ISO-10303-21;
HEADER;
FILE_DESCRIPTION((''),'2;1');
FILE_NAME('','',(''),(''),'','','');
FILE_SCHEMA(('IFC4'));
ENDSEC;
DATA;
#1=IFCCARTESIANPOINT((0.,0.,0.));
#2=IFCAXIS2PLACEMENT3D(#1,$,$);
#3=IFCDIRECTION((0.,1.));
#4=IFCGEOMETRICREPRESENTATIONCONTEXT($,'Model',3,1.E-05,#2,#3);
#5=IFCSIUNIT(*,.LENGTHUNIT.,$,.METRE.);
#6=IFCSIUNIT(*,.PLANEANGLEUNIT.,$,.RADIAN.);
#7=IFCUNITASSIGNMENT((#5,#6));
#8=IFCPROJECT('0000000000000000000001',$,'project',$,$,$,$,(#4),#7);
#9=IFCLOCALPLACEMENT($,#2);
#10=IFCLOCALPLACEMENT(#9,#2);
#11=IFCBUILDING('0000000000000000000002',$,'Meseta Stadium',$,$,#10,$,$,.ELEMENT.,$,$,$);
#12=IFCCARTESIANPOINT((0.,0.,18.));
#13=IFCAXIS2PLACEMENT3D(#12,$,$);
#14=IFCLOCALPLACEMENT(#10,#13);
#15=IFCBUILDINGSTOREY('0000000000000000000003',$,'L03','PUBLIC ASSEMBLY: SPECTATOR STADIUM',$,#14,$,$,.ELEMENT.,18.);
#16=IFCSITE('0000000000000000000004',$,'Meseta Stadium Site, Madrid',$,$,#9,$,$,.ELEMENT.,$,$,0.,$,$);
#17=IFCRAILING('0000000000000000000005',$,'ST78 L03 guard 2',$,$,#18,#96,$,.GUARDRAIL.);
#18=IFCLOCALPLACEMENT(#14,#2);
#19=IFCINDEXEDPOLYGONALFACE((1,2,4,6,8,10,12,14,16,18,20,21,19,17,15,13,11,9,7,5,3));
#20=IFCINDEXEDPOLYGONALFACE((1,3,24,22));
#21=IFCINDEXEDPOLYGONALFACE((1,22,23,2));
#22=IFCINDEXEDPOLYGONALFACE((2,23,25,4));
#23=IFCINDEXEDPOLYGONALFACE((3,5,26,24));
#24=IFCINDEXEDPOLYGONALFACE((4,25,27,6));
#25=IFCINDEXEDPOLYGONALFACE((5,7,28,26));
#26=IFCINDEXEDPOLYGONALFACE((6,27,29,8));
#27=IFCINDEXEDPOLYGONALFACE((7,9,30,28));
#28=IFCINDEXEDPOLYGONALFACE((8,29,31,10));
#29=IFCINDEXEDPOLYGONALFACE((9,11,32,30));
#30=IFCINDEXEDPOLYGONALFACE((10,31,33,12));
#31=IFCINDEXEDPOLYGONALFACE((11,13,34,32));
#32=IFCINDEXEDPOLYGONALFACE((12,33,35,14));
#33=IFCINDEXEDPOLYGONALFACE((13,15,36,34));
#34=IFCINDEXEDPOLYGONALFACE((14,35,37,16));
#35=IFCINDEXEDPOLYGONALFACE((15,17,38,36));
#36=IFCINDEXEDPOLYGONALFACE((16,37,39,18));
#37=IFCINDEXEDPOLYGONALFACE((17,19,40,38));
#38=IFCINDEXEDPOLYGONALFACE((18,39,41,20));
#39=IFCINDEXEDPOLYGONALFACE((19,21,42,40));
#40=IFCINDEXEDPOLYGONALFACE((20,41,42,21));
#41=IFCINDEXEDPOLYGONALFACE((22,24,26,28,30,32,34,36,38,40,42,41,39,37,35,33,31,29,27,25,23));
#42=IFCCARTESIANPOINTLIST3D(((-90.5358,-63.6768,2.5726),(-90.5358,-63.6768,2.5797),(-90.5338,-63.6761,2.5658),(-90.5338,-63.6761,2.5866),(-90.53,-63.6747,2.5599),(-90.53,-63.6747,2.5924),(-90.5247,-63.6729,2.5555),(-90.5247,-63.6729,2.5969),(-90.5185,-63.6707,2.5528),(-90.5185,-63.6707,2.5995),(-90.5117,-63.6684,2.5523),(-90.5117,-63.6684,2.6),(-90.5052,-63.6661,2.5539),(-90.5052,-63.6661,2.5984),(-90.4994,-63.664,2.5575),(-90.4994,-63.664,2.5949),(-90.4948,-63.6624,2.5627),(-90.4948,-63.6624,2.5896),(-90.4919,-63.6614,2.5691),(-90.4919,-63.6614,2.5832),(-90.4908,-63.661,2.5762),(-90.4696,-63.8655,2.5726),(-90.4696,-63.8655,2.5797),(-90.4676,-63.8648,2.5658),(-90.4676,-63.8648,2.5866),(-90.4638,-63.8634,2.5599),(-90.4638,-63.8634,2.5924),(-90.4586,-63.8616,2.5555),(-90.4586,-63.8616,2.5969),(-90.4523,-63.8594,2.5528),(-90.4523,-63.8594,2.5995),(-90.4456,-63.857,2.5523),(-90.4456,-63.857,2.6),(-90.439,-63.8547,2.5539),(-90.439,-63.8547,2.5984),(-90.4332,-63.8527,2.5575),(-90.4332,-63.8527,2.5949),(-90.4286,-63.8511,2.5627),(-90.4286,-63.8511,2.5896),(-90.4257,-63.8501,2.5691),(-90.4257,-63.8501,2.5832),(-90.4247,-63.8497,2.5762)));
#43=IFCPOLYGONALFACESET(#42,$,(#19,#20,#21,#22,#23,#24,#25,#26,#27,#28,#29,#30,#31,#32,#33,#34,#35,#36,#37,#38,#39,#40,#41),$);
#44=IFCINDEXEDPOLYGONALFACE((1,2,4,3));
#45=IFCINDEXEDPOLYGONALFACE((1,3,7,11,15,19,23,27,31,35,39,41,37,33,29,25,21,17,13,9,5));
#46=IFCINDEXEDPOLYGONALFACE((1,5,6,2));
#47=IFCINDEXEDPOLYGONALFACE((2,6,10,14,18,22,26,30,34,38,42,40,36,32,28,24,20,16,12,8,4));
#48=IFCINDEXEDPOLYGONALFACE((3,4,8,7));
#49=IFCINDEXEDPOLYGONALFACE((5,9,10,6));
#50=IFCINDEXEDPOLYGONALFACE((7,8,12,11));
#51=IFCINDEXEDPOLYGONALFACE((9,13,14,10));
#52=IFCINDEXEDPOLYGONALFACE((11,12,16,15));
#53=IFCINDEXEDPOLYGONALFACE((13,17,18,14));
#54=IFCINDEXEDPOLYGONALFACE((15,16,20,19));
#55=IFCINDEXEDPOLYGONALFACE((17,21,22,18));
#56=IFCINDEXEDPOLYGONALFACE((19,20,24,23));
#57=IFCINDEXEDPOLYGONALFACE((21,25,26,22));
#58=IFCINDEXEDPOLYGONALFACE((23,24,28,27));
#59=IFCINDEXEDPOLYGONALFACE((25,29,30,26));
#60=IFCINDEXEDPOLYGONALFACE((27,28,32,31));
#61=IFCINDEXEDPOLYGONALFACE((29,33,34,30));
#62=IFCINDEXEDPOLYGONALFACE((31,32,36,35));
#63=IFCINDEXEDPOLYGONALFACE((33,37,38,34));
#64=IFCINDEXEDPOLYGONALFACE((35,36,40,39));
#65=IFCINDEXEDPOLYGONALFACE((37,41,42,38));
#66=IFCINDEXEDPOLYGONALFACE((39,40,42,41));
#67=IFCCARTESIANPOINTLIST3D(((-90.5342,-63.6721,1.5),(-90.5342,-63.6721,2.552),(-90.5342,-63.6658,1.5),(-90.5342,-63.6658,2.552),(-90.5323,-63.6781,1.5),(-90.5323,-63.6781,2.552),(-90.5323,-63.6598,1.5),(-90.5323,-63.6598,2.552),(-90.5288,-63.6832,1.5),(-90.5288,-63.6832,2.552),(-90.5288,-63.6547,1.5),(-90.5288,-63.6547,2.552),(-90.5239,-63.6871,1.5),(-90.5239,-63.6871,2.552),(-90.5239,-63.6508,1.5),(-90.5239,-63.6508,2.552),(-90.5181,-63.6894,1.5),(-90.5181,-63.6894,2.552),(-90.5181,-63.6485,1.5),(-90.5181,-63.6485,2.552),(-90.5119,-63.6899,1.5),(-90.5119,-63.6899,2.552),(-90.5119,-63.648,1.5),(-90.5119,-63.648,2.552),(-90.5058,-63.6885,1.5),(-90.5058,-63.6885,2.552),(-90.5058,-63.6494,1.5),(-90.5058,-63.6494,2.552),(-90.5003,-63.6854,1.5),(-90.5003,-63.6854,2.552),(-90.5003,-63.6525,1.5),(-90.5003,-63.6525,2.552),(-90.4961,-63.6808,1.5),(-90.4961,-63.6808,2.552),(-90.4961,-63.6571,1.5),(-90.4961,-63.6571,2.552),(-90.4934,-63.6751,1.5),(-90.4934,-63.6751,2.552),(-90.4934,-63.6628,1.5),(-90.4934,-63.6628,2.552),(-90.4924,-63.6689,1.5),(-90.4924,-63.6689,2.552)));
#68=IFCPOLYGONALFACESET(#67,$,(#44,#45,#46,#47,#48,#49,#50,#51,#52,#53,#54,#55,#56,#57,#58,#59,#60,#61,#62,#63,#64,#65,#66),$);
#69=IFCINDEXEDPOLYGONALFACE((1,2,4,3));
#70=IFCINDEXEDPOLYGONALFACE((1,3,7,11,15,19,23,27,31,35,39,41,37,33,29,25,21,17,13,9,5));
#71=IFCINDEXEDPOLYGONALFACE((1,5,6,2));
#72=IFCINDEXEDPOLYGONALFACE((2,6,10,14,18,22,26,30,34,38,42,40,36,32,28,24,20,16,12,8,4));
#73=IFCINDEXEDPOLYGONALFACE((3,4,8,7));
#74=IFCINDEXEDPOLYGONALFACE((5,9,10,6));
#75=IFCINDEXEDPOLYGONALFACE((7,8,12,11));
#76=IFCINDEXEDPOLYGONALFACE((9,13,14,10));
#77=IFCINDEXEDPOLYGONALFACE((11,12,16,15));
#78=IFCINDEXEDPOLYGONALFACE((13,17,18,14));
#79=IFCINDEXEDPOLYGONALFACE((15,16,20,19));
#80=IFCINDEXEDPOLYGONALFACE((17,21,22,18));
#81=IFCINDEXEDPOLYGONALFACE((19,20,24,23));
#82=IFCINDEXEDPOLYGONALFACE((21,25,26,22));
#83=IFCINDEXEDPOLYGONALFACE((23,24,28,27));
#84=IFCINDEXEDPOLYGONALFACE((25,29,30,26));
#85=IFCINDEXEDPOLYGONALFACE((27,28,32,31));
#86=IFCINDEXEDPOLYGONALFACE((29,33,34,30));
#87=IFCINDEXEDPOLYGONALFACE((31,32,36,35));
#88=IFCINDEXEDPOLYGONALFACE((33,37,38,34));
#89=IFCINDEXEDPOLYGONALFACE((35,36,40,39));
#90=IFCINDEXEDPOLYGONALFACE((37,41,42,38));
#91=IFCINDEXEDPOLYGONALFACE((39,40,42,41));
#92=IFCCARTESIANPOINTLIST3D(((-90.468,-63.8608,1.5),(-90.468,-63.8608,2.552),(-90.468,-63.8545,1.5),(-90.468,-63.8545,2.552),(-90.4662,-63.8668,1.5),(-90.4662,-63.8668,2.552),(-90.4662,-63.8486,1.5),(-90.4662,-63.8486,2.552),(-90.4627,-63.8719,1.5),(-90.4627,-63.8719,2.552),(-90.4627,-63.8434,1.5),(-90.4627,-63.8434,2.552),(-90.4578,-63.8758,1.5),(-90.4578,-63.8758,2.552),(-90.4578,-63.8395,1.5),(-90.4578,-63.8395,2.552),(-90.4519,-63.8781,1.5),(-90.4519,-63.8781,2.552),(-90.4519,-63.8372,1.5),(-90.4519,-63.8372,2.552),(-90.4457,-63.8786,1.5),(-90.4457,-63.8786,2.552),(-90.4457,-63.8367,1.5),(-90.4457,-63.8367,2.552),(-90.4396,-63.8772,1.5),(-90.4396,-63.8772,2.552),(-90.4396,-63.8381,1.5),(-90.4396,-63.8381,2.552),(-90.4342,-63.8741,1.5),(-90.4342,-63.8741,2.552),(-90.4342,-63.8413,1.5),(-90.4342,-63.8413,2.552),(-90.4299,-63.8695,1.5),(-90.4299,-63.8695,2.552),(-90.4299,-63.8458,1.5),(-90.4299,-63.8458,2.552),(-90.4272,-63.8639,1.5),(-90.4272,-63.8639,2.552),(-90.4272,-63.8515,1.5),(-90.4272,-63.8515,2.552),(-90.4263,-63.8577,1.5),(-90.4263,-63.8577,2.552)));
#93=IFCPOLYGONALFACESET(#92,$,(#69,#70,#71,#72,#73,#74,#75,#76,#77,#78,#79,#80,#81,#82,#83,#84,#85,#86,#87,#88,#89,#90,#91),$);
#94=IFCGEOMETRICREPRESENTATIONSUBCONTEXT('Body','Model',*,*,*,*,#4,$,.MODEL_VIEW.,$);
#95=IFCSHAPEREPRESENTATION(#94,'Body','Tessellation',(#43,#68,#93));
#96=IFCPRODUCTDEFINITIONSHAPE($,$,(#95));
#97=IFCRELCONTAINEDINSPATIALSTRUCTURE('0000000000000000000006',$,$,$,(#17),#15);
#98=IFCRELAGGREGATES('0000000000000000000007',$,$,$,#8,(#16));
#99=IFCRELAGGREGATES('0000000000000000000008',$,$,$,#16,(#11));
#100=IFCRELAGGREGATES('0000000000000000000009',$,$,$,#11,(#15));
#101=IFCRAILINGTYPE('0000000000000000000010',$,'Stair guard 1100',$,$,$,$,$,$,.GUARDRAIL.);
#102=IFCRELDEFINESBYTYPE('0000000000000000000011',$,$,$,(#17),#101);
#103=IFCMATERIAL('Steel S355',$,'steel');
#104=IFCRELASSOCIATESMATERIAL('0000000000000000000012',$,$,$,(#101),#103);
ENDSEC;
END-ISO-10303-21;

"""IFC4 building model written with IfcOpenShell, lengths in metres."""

from ifc_helpers import new_model, si_unit, direction, frame, origin, origin_2d, place, context, subcontext, project, spatial, circle, extrude, material, type_object, element, save


model = new_model("IFC4")

# Units and contexts
model_context = context("Model", 3, precision=1e-05, world=origin(), true_north=direction((0.0, 1.0)))
body_context = subcontext(model_context, "Body", "Model", "MODEL_VIEW")
ifc_project = project(units=[si_unit("LENGTHUNIT", "METRE"), si_unit("PLANEANGLEUNIT", "RADIAN")], contexts=[model_context])

# Site, building, storey
site_placement = place(None, origin())
site = spatial("IfcSite", under=ifc_project, at=site_placement, Name="Meseta Stadium Site, Madrid", CompositionType="ELEMENT", RefElevation=0.0)
building_placement = place(site_placement, origin())
building = spatial("IfcBuilding", under=site, at=building_placement, Name="Meseta Stadium", CompositionType="ELEMENT")
storey_placement = place(building_placement, frame((0.0, 0.0, 18.0)))
storey = spatial("IfcBuildingStorey", under=building, at=storey_placement, Name="L03", Description="PUBLIC ASSEMBLY: SPECTATOR STADIUM", CompositionType="ELEMENT", Elevation=18.0)

# Railing
ifc_material_1 = material(Name="Steel S355", Category="steel")
railing_type_1 = type_object("IfcRailingType", Name="Stair guard 1100", PredefinedType="GUARDRAIL", material=ifc_material_1)
railing_1_placement = place(storey_placement, frame((-90.5134, -63.6689, 1.5)))
element("IfcRailing", 1, at=railing_1_placement, inside=storey, type_object=railing_type_1, Name="ST78 L03 guard 2", PredefinedType="GUARDRAIL", context=body_context, shape_type="SweptSolid", body=[
    extrude(circle(Radius=0.0239, at=origin_2d()), frame((0.0, 0.0, 1.0762), z_axis=(0.33084, -0.943687, 0.0), x_axis=(0.943687, 0.33084, 0.0)), (0.0, 0.0, 1.0), 0.2),
    extrude(circle(Radius=0.021, at=origin_2d()), origin(), (0.0, 0.0, 1.0), 1.052),
    extrude(circle(Radius=0.021, at=origin_2d()), frame((0.0662, -0.1887, 0.0)), (0.0, 0.0, 1.0), 1.052),
])

save(model, "model.ifc")
